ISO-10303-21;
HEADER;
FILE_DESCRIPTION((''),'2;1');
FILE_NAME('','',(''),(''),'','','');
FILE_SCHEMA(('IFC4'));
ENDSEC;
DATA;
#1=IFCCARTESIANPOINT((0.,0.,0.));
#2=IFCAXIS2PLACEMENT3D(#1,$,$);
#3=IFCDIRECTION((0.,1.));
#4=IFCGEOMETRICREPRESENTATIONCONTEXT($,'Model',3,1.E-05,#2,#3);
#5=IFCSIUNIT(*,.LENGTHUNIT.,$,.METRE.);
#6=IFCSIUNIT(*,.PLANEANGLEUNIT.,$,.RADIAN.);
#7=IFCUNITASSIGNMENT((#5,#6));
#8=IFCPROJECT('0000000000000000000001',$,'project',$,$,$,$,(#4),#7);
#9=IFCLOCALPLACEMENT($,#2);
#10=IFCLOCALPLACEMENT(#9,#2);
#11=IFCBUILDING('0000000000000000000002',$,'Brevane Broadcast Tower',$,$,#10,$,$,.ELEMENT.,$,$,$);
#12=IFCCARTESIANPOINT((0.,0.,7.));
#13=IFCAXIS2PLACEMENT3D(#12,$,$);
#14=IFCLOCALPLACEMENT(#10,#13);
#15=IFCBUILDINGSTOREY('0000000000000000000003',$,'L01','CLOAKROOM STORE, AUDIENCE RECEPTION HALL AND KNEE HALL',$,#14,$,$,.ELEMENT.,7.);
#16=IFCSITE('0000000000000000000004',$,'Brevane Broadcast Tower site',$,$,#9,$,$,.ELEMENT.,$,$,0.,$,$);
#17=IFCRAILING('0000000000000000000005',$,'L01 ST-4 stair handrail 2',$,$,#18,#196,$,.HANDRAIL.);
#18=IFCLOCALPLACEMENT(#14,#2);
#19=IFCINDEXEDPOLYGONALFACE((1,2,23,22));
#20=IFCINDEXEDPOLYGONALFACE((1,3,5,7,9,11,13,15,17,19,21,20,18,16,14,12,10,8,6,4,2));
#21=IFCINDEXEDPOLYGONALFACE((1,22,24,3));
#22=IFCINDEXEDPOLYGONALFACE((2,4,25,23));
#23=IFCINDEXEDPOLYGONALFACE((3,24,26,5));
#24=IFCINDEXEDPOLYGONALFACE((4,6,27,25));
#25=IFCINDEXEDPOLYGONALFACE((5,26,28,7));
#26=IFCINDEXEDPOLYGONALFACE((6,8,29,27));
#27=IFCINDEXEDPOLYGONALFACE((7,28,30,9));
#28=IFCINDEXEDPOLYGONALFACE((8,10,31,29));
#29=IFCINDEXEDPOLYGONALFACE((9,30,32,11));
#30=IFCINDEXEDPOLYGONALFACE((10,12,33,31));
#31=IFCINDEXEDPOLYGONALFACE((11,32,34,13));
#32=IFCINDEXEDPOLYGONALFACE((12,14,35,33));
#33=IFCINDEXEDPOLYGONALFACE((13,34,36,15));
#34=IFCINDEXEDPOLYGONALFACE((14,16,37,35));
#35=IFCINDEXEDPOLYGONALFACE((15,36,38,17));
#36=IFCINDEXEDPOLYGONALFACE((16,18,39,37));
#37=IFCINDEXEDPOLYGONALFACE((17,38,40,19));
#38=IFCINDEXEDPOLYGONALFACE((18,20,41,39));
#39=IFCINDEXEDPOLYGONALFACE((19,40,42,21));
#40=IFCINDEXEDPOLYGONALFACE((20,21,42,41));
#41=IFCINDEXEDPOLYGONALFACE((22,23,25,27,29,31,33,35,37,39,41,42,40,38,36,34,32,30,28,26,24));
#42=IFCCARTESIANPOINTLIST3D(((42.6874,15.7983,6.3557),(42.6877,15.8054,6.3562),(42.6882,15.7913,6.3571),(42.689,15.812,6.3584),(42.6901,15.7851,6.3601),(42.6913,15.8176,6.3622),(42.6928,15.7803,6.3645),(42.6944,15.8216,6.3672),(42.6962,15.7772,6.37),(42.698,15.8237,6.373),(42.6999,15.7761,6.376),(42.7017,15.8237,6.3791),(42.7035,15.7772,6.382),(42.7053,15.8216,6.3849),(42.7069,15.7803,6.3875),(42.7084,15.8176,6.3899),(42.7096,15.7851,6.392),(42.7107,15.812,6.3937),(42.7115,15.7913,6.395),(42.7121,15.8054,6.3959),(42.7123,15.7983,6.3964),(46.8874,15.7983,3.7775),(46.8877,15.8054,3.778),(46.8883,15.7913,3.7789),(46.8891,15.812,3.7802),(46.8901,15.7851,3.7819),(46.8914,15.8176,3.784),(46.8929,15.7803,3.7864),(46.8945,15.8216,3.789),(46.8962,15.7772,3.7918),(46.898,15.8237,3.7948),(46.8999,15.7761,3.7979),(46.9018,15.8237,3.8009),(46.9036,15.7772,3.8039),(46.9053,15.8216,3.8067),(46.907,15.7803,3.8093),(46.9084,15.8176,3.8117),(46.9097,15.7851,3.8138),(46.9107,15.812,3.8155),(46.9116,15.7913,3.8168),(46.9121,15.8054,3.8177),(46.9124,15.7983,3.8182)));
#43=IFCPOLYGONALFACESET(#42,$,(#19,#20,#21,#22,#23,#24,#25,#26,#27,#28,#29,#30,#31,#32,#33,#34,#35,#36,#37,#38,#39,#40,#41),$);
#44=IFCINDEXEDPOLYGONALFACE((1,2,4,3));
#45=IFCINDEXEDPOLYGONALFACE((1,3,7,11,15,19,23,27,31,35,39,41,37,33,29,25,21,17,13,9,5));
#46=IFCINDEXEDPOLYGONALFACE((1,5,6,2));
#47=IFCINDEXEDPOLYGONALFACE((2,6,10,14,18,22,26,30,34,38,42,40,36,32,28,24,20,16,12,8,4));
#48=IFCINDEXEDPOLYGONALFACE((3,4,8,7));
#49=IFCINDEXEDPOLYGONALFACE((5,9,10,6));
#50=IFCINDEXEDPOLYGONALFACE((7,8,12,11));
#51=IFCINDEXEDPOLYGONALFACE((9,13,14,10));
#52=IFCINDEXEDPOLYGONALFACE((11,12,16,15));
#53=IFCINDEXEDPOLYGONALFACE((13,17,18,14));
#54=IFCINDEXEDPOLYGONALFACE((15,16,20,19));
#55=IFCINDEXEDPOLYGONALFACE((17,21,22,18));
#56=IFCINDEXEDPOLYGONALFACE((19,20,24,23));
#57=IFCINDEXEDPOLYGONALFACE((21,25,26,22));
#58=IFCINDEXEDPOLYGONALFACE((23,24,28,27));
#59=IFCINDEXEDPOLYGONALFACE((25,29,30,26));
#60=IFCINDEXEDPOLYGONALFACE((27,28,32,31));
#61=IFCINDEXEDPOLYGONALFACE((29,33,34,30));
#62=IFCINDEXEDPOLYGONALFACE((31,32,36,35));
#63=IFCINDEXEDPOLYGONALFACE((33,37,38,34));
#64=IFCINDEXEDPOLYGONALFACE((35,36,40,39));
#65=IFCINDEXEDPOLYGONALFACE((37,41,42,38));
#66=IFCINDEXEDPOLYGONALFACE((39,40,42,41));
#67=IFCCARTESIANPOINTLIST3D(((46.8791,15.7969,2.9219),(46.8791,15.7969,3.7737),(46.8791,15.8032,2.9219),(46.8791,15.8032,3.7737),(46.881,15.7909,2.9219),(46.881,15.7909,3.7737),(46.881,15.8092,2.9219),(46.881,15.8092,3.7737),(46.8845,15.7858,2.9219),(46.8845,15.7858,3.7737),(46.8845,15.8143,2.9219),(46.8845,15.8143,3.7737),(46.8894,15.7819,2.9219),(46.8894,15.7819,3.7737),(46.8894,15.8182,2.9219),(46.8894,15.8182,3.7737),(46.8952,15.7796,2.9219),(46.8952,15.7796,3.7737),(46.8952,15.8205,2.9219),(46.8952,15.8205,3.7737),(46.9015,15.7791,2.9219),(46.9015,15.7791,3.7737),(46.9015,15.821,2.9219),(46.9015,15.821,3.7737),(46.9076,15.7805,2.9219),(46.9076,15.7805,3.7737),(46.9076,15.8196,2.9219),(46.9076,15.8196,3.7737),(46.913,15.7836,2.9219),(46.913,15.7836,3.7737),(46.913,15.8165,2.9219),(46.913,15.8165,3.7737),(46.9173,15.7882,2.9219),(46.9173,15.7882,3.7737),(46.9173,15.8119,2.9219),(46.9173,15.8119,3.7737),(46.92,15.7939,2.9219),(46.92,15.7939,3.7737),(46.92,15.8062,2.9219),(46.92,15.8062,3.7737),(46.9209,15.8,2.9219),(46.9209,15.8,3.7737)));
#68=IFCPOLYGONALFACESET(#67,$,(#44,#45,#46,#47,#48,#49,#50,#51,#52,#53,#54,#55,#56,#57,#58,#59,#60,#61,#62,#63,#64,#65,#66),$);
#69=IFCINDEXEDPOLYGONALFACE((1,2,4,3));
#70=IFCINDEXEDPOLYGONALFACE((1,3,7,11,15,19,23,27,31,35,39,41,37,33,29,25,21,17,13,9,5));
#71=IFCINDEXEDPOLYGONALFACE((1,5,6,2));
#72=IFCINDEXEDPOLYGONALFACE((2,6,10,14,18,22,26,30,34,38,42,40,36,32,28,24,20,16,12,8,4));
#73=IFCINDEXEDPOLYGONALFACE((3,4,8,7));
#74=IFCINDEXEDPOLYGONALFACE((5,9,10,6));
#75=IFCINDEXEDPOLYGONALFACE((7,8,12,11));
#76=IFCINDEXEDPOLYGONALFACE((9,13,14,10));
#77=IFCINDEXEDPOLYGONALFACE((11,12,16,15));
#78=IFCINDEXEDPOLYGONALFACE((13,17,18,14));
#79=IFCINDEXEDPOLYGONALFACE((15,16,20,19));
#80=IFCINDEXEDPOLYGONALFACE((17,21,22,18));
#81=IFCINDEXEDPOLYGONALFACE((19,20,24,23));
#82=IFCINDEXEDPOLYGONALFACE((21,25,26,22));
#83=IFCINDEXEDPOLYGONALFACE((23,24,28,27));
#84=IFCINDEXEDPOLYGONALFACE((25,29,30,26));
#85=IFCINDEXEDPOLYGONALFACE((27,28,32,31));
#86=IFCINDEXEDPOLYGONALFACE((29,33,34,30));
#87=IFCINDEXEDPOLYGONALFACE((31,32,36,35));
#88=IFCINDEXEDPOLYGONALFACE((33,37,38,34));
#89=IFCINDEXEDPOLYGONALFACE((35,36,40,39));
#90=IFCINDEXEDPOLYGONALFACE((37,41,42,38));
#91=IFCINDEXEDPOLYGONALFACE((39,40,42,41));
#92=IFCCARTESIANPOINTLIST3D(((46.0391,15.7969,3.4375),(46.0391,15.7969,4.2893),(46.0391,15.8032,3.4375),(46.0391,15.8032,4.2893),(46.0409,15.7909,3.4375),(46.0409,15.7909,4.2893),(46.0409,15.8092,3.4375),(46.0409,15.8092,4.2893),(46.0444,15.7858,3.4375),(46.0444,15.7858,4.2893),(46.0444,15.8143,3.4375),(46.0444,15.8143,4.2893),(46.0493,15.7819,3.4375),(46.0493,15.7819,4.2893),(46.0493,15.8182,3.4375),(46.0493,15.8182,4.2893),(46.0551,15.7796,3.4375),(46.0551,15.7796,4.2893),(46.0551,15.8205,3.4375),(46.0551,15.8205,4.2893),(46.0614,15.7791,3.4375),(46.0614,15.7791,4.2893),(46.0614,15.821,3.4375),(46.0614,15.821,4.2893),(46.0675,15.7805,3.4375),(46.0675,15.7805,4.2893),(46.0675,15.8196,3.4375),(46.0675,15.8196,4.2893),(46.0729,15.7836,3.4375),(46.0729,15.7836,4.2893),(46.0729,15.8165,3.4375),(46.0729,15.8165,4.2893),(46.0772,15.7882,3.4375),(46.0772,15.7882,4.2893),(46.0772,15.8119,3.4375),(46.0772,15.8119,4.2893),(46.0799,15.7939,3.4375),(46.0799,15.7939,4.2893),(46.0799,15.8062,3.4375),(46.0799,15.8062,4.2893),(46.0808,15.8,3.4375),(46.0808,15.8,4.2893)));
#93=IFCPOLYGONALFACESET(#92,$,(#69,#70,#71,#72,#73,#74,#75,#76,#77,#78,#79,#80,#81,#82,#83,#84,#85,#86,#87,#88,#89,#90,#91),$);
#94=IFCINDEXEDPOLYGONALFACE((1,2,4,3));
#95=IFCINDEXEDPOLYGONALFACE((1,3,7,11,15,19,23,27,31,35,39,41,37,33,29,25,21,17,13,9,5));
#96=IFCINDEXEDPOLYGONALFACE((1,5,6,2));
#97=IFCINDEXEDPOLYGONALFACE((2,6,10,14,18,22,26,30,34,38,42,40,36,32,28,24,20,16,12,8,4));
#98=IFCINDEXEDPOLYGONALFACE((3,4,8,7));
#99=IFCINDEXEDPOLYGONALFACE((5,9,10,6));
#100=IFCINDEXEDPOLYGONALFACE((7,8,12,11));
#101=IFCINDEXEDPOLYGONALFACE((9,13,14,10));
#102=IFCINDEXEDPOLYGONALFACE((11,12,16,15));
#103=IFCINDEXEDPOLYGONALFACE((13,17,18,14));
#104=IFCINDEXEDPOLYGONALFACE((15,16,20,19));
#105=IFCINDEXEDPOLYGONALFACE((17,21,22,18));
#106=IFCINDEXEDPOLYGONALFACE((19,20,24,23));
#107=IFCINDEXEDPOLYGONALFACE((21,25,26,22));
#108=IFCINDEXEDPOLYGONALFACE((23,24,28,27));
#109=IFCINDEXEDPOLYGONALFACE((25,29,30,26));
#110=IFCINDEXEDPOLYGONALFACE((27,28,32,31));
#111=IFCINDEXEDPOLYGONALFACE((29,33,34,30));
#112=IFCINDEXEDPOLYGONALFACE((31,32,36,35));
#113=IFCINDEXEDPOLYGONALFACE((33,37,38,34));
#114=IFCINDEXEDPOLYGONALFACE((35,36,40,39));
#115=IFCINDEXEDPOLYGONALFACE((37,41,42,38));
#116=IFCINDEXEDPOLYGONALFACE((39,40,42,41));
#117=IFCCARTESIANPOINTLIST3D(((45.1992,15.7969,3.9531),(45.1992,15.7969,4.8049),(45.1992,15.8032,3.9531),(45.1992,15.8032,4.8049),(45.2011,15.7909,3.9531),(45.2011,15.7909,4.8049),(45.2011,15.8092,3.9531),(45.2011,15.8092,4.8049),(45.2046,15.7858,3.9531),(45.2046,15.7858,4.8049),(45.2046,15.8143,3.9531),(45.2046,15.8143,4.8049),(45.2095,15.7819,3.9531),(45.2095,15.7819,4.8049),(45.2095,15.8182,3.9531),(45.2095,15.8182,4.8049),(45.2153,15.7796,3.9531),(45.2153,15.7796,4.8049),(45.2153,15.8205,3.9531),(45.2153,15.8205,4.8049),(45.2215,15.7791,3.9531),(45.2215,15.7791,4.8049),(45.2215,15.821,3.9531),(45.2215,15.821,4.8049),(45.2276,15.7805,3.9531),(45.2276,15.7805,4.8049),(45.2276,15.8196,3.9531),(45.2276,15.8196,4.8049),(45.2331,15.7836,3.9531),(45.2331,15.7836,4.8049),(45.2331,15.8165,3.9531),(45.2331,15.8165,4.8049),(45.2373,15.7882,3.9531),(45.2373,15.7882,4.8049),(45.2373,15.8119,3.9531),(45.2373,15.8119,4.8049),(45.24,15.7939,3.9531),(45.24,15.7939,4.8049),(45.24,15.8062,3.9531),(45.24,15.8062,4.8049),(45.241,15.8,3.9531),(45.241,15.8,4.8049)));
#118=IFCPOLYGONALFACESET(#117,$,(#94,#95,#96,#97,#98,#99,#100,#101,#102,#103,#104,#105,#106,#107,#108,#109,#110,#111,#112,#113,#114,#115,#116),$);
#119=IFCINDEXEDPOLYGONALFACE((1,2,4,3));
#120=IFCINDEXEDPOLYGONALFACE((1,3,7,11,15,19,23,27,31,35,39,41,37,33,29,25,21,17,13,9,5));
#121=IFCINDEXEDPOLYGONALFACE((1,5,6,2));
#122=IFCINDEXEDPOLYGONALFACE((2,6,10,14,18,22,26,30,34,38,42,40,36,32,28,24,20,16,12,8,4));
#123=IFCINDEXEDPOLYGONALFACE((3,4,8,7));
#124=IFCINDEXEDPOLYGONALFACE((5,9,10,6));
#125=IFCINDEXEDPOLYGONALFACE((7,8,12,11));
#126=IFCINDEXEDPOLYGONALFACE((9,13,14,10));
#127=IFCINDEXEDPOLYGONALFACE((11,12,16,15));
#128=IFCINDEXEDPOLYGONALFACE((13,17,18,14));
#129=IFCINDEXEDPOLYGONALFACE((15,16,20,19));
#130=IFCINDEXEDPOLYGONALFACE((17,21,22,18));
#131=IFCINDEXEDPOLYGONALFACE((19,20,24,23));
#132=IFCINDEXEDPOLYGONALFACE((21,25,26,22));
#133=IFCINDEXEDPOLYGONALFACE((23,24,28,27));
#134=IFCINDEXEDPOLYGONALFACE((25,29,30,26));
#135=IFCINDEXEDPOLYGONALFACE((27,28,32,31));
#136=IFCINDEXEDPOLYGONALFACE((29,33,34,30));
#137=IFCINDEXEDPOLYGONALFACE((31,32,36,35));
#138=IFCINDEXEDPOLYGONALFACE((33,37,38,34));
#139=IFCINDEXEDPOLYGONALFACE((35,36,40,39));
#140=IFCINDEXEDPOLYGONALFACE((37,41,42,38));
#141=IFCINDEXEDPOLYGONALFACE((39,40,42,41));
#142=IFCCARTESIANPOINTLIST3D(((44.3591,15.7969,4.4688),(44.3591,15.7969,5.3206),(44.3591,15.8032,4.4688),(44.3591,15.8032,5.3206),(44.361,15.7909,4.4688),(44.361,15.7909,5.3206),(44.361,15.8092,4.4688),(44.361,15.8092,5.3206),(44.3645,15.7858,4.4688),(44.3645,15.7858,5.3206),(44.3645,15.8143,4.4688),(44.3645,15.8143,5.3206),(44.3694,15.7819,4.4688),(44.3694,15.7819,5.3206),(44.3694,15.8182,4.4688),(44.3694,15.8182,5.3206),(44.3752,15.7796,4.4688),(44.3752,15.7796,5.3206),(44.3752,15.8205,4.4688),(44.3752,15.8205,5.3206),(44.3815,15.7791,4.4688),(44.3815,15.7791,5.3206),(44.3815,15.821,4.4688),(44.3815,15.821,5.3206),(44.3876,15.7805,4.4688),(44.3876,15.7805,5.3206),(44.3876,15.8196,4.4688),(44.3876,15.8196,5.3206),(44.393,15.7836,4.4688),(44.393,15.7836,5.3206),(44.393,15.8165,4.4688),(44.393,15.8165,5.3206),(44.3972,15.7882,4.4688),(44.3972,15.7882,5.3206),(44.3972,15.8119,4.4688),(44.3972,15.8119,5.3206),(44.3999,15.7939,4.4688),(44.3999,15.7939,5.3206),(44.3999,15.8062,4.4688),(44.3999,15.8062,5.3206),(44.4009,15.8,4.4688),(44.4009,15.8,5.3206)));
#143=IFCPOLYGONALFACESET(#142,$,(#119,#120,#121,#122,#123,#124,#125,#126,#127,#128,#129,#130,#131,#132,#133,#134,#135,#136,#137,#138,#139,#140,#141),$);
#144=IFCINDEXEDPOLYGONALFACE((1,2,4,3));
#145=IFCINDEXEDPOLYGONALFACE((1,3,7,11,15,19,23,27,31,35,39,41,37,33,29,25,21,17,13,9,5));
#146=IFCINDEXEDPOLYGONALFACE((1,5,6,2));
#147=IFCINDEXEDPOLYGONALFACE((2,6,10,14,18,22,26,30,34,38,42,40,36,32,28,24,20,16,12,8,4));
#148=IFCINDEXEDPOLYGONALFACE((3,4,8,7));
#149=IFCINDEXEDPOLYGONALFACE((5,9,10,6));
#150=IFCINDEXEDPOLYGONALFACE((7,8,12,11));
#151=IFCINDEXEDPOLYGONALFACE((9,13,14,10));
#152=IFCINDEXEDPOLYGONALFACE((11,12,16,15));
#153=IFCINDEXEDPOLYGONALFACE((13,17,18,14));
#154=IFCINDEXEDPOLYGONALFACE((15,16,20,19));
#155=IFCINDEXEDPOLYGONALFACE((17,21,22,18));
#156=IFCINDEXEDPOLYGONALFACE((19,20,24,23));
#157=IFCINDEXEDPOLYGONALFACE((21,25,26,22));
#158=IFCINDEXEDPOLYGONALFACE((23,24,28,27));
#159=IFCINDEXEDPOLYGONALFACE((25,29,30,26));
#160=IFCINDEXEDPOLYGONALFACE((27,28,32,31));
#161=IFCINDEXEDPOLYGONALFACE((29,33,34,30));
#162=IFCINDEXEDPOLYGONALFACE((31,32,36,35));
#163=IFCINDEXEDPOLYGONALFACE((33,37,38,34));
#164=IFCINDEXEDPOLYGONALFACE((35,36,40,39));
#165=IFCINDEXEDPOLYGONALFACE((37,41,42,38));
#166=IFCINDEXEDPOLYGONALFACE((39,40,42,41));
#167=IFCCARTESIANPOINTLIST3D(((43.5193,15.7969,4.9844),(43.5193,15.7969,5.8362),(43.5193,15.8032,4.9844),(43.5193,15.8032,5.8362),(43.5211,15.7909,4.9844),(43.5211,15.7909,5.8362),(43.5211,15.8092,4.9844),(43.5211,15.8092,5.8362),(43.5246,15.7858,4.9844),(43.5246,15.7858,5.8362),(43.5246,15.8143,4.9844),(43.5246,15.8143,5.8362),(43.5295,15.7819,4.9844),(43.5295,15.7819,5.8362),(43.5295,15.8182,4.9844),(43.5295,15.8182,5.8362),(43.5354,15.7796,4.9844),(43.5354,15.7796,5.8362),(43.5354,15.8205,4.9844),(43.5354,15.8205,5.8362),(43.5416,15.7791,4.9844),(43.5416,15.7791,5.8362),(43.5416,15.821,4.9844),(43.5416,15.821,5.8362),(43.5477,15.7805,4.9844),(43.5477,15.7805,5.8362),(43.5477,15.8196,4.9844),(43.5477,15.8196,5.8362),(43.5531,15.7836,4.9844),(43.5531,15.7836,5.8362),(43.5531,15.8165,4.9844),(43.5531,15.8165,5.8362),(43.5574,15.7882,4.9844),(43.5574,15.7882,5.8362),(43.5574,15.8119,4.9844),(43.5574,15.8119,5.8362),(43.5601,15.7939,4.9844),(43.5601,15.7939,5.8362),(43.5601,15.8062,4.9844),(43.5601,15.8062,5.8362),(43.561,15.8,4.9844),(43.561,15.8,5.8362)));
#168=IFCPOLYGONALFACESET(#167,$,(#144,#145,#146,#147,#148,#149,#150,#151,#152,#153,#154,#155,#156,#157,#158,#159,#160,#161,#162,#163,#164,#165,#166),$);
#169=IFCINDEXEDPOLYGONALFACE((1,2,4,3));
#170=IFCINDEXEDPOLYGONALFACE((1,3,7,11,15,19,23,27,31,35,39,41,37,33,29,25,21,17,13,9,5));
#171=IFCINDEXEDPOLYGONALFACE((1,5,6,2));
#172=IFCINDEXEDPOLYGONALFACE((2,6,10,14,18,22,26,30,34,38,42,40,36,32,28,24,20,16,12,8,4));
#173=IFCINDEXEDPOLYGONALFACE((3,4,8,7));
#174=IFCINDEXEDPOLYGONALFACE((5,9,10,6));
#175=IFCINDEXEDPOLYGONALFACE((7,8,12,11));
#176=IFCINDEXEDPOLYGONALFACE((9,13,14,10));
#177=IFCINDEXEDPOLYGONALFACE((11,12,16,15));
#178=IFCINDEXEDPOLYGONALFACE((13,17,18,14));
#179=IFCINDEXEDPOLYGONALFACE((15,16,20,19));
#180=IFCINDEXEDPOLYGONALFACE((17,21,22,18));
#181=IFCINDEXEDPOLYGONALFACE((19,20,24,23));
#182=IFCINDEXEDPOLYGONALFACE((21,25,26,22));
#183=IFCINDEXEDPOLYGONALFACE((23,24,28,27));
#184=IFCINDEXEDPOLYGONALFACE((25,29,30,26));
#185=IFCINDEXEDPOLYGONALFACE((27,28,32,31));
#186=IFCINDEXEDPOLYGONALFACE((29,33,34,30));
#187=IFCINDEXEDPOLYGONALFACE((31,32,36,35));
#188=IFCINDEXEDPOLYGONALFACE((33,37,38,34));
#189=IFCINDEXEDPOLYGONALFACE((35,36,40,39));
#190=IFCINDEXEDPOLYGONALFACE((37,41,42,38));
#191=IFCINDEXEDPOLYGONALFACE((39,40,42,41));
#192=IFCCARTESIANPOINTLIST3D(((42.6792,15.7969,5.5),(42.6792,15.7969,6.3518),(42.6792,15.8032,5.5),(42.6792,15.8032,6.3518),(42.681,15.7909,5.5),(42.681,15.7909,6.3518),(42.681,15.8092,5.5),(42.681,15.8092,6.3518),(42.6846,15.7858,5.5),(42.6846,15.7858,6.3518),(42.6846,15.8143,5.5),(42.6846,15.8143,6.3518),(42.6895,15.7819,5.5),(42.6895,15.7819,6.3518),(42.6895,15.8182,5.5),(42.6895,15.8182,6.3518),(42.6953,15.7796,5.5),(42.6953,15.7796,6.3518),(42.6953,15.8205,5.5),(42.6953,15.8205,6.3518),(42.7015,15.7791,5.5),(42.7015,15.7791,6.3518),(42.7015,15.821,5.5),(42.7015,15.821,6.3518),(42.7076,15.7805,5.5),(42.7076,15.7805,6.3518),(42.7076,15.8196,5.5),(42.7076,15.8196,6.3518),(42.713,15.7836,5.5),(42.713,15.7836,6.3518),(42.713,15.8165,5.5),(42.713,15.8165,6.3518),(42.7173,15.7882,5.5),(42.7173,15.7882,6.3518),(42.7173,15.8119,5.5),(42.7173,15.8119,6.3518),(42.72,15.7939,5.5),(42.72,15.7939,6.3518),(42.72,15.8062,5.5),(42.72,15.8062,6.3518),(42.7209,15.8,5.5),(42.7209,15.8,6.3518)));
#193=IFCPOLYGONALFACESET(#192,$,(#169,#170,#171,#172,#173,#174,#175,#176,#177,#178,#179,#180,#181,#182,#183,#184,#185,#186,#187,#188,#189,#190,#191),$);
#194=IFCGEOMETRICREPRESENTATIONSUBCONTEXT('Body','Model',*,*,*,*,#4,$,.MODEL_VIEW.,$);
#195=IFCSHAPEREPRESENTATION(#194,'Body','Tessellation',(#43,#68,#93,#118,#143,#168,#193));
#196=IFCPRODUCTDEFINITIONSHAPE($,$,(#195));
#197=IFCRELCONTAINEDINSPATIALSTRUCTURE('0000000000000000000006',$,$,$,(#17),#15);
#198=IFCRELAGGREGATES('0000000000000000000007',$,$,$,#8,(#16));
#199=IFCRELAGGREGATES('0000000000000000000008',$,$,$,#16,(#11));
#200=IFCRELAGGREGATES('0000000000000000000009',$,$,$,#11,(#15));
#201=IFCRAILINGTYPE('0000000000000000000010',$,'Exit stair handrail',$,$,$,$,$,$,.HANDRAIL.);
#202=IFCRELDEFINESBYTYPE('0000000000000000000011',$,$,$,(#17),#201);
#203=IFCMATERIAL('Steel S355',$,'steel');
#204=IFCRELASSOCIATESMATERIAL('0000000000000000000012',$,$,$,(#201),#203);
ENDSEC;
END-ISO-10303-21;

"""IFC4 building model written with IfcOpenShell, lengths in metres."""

from ifc_helpers import new_model, si_unit, direction, frame, origin, origin_2d, place, context, subcontext, project, spatial, circle, extrude, material, type_object, element, save


model = new_model("IFC4")

# Units and contexts
model_context = context("Model", 3, precision=1e-05, world=origin(), true_north=direction((0.0, 1.0)))
body_context = subcontext(model_context, "Body", "Model", "MODEL_VIEW")
ifc_project = project(units=[si_unit("LENGTHUNIT", "METRE"), si_unit("PLANEANGLEUNIT", "RADIAN")], contexts=[model_context])

# Site, building, storey
site_placement = place(None, origin())
site = spatial("IfcSite", under=ifc_project, at=site_placement, Name="Brevane Broadcast Tower site", CompositionType="ELEMENT", RefElevation=0.0)
building_placement = place(site_placement, origin())
building = spatial("IfcBuilding", under=site, at=building_placement, Name="Brevane Broadcast Tower", CompositionType="ELEMENT")
storey_placement = place(building_placement, frame((0.0, 0.0, 7.0)))
storey = spatial("IfcBuildingStorey", under=building, at=storey_placement, Name="L01", Description="CLOAKROOM STORE, AUDIENCE RECEPTION HALL AND KNEE HALL", CompositionType="ELEMENT", Elevation=7.0)

# Railing
ifc_material_1 = material(Name="Steel S355", Category="steel")
railing_type_1 = type_object("IfcRailingType", Name="Exit stair handrail", PredefinedType="HANDRAIL", material=ifc_material_1)
railing_1_placement = place(storey_placement, frame((46.8999, 15.8, 2.9219)))
element("IfcRailing", 1, at=railing_1_placement, inside=storey, type_object=railing_type_1, Name="L01 ST-4 stair handrail 2", PredefinedType="HANDRAIL", context=body_context, shape_type="SweptSolid", body=[
    extrude(circle(Radius=0.0239, at=origin_2d()), frame((0.0, 0.0, 0.876), z_axis=(-0.852243, 0.0, 0.523146), x_axis=(0.0, -1.0, 0.0)), (0.0, 0.0, 1.0), 4.9282),
    extrude(circle(Radius=0.021, at=origin_2d()), origin(), (0.0, 0.0, 1.0), 0.8518),
    extrude(circle(Radius=0.021, at=origin_2d()), frame((-0.8401, 0.0, 0.5156)), (0.0, 0.0, 1.0), 0.8518),
    extrude(circle(Radius=0.021, at=origin_2d()), frame((-1.6799, 0.0, 1.0312)), (0.0, 0.0, 1.0), 0.8518),
    extrude(circle(Radius=0.021, at=origin_2d()), frame((-2.52, 0.0, 1.5469)), (0.0, 0.0, 1.0), 0.8518),
    extrude(circle(Radius=0.021, at=origin_2d()), frame((-3.3599, 0.0, 2.0625)), (0.0, 0.0, 1.0), 0.8518),
    extrude(circle(Radius=0.021, at=origin_2d()), frame((-4.2, 0.0, 2.5781)), (0.0, 0.0, 1.0), 0.8518),
])

save(model, "model.ifc")
